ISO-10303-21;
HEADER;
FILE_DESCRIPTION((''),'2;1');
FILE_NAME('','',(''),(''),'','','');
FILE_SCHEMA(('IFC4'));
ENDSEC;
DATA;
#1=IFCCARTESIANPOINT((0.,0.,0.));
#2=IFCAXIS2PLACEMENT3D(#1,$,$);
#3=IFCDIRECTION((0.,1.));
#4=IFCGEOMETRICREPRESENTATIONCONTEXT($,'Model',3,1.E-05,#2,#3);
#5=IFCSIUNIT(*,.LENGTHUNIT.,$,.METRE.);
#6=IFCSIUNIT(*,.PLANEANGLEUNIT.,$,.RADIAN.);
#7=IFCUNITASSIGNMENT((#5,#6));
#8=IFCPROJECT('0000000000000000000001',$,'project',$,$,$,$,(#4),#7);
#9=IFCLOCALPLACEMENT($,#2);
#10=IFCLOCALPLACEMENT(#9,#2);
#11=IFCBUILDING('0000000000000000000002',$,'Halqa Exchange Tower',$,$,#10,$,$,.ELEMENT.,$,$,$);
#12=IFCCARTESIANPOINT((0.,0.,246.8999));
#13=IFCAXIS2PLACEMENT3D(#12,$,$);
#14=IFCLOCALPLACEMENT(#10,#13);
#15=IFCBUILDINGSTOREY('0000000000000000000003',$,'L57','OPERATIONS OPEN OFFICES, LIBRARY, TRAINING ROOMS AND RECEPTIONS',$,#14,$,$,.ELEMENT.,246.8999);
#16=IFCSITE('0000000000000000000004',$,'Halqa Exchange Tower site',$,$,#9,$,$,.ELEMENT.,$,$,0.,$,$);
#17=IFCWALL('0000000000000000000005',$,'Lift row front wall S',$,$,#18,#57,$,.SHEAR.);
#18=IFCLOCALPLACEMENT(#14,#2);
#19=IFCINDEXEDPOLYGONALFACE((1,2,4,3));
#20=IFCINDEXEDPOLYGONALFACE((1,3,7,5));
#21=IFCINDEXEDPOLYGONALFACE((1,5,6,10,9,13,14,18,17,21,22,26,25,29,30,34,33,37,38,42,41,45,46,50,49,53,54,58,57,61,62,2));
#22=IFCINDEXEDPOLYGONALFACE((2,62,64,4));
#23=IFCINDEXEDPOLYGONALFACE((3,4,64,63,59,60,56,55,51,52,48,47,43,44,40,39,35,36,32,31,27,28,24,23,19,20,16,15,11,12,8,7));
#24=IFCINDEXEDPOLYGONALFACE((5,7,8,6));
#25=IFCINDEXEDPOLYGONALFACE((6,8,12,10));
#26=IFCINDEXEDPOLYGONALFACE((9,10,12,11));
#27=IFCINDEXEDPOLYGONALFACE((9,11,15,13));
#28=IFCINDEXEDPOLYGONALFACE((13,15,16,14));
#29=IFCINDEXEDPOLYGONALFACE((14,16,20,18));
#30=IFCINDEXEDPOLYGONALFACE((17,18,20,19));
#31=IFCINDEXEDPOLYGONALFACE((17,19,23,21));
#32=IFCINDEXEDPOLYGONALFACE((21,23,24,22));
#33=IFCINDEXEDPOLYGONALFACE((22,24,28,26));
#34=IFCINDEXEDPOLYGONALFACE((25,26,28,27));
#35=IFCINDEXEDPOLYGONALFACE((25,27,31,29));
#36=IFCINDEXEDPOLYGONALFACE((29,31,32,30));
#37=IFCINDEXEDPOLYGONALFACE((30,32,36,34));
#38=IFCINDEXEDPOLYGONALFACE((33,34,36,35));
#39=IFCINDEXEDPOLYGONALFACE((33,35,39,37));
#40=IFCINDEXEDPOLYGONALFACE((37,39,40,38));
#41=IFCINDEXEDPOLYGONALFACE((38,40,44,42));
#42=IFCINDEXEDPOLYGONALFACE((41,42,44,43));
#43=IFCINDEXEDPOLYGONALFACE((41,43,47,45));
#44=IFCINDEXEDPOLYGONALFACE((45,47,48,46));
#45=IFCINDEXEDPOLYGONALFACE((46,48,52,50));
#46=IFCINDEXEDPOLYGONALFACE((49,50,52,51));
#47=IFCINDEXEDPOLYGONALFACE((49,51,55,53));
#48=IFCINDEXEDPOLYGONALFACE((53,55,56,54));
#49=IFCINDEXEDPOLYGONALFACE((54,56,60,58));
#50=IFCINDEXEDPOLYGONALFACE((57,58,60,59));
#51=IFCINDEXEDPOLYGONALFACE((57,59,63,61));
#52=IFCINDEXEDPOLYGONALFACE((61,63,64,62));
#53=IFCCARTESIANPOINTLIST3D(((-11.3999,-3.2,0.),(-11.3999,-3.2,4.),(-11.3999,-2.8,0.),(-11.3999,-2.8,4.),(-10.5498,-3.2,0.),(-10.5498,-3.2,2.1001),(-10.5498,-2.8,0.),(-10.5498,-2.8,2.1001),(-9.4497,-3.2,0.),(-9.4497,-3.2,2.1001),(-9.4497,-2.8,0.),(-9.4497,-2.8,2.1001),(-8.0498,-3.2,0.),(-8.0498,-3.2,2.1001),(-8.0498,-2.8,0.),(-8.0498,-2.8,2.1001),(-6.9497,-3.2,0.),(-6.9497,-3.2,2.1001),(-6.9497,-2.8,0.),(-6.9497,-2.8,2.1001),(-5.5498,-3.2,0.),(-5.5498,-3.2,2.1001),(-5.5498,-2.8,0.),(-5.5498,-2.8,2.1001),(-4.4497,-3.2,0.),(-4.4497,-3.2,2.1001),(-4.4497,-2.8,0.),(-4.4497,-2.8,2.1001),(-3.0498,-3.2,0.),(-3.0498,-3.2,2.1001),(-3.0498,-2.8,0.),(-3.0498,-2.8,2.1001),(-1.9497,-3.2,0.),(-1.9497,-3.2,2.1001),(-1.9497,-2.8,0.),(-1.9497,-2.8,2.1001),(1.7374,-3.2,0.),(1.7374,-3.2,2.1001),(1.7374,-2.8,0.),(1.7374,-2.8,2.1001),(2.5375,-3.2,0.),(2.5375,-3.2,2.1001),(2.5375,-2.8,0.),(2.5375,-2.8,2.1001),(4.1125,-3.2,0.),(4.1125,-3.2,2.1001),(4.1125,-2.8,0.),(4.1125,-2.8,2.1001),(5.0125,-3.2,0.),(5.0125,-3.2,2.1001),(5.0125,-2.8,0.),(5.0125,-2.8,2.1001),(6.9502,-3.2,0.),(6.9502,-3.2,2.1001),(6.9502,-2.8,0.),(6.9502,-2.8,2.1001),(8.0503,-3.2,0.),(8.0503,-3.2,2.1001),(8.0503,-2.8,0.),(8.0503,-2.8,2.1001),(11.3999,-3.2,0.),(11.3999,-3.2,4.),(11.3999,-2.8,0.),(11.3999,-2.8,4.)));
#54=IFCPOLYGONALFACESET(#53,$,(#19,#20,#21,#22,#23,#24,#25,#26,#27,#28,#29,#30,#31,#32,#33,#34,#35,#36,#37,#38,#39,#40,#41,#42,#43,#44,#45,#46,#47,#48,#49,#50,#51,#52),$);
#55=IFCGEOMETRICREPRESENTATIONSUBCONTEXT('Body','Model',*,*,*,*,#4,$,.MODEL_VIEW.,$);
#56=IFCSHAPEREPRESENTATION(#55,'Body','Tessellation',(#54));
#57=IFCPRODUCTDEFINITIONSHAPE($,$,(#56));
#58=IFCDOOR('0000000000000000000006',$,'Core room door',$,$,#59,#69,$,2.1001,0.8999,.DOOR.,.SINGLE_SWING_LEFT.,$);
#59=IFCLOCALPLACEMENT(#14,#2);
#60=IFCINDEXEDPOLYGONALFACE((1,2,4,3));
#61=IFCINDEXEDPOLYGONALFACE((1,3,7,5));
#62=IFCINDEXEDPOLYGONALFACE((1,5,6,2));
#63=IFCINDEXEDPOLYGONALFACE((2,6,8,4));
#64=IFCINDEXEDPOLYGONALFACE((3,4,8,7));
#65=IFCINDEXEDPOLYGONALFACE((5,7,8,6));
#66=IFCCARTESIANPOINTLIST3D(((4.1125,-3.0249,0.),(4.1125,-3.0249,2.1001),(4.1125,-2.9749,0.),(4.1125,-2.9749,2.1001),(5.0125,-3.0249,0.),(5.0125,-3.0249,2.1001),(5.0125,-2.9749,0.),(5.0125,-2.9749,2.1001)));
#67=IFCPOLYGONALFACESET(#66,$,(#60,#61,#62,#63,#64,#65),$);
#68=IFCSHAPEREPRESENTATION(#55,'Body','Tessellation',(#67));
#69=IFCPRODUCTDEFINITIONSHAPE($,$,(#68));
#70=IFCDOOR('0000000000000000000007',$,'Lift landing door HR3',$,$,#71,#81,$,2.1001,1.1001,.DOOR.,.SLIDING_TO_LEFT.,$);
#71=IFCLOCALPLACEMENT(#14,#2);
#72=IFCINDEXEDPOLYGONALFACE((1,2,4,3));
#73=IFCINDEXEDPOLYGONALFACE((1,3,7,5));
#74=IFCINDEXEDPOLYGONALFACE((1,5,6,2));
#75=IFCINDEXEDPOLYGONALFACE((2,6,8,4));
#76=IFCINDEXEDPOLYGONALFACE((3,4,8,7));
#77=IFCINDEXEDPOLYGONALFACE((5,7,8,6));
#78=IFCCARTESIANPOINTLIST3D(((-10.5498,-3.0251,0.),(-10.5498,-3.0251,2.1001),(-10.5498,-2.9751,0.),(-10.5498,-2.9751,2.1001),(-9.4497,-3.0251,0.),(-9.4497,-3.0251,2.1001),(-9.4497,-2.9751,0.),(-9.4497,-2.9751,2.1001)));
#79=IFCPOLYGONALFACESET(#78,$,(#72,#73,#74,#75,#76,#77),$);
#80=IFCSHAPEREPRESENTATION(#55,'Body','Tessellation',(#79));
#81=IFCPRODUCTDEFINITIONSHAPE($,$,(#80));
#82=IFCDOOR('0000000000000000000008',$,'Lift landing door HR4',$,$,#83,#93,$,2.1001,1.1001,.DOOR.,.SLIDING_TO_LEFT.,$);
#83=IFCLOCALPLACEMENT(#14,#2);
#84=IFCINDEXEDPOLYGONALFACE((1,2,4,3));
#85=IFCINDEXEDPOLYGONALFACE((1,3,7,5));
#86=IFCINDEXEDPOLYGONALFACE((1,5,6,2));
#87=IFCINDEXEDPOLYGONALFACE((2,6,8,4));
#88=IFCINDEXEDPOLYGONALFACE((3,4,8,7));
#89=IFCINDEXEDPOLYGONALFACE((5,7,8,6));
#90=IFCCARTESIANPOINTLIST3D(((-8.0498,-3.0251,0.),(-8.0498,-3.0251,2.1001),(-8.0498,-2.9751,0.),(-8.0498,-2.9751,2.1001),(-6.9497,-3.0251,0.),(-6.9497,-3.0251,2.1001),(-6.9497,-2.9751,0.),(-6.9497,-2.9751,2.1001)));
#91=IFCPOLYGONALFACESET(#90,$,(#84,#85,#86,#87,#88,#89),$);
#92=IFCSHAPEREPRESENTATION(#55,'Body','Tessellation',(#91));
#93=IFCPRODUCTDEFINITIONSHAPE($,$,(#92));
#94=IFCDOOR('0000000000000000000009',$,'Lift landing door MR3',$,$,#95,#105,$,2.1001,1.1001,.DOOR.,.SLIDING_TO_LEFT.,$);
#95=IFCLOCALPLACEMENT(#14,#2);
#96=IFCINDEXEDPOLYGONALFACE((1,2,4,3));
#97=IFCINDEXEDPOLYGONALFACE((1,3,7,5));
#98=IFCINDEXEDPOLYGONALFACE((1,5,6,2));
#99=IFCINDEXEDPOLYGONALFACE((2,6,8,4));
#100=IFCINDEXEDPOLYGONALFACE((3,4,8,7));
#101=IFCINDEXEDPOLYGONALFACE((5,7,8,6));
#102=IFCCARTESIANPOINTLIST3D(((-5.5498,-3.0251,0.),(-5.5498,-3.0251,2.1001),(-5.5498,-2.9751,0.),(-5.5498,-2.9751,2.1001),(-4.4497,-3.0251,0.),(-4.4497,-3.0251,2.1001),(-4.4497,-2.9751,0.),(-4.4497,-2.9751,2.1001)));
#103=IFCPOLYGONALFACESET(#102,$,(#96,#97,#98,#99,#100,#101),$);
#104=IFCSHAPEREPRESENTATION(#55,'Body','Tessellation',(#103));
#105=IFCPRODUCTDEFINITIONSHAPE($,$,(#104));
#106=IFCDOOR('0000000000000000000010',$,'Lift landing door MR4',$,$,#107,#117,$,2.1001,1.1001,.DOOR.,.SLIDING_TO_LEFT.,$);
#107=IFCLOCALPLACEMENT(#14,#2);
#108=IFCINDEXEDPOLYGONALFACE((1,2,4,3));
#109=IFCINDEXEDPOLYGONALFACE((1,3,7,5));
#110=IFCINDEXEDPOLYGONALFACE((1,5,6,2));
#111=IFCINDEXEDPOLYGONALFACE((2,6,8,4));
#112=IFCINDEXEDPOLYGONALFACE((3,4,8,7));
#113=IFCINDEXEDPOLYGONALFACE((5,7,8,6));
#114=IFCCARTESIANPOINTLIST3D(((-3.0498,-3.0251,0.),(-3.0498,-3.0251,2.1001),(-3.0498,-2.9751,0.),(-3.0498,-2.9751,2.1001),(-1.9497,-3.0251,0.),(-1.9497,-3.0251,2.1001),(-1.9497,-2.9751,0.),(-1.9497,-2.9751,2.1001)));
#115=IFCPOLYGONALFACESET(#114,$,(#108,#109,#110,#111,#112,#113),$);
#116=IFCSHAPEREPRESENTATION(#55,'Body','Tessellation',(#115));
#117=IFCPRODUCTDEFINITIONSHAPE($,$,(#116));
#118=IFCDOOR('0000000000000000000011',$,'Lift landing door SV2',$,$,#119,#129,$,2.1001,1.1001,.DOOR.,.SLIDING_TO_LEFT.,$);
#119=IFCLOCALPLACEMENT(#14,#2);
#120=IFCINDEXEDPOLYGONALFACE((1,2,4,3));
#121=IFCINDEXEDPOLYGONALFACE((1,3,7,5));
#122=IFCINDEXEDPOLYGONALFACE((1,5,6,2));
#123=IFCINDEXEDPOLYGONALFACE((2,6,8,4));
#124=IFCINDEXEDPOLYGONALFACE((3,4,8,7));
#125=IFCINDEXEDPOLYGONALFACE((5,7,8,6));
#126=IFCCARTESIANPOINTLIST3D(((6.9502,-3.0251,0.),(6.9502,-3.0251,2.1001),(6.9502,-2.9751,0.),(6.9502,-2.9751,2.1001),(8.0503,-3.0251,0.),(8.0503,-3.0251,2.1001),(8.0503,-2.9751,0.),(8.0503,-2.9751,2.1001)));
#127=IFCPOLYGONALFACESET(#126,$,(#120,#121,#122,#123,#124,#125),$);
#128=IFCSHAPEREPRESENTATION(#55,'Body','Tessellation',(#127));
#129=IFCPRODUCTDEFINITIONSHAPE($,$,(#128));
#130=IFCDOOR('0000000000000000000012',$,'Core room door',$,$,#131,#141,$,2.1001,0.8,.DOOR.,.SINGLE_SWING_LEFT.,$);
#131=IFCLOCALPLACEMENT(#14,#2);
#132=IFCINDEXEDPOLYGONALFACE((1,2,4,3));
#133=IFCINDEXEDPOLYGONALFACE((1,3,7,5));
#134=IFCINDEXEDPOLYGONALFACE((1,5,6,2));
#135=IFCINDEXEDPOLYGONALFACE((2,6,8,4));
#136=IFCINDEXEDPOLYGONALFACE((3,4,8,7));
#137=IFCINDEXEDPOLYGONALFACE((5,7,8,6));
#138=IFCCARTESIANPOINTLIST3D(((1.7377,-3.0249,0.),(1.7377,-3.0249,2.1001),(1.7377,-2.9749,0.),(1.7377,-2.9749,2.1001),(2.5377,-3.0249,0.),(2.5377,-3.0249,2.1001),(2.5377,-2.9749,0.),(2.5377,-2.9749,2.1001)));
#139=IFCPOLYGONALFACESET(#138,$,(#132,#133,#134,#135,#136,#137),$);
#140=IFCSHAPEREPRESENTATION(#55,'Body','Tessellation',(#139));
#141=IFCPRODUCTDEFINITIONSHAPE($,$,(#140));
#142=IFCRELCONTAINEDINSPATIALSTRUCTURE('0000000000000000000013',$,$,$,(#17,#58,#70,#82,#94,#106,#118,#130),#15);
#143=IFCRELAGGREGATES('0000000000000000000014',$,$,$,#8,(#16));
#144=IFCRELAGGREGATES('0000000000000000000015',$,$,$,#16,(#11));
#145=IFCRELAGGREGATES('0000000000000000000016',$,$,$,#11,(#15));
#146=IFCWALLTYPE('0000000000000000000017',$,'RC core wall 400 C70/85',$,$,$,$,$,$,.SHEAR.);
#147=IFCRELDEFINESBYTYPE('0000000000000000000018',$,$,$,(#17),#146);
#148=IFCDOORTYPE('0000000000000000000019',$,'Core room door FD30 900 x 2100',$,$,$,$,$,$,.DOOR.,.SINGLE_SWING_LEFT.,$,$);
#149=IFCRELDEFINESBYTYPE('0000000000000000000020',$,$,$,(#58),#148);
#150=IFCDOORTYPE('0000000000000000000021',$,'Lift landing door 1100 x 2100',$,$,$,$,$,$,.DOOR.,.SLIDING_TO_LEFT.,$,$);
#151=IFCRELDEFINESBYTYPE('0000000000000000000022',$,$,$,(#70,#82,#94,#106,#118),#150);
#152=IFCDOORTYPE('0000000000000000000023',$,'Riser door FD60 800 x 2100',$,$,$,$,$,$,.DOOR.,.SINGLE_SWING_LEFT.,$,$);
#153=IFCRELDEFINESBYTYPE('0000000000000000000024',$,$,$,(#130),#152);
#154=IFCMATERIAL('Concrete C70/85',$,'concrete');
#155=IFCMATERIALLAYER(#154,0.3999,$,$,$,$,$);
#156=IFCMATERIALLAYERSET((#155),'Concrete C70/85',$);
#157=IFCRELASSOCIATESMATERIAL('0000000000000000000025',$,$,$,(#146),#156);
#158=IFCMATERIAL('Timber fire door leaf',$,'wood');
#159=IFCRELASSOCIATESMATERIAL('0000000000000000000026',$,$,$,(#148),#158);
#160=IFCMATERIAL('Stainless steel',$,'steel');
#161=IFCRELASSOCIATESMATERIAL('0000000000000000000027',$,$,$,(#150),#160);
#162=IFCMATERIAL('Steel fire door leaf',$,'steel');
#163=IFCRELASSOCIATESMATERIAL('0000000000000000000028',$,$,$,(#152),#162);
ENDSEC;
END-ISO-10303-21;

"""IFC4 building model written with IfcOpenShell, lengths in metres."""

from ifc_helpers import new_model, si_unit, direction, frame, frame_2d, origin, place, context, subcontext, project, spatial, rectangle, extrude, material, layer, layer_set, type_object, element, fill, save


model = new_model("IFC4")

# Units and contexts
model_context = context("Model", 3, precision=1e-05, world=origin(), true_north=direction((0.0, 1.0)))
body_context = subcontext(model_context, "Body", "Model", "MODEL_VIEW")
ifc_project = project(units=[si_unit("LENGTHUNIT", "METRE"), si_unit("PLANEANGLEUNIT", "RADIAN")], contexts=[model_context])

# Site, building, storey
site_placement = place(None, origin())
site = spatial("IfcSite", under=ifc_project, at=site_placement, Name="Halqa Exchange Tower site", CompositionType="ELEMENT", RefElevation=0.0)
building_placement = place(site_placement, origin())
building = spatial("IfcBuilding", under=site, at=building_placement, Name="Halqa Exchange Tower", CompositionType="ELEMENT")
storey_placement = place(building_placement, frame((0.0, 0.0, 246.8999)))
storey = spatial("IfcBuildingStorey", under=building, at=storey_placement, Name="L57", Description="OPERATIONS OPEN OFFICES, LIBRARY, TRAINING ROOMS AND RECEPTIONS", CompositionType="ELEMENT", Elevation=246.8999)

# Wall, openings, doors
ifc_material_1 = material(Name="Concrete C70/85", Category="concrete")
ifc_layer_1 = layer(ifc_material_1, 0.3999)
ifc_layer_set_1 = layer_set([ifc_layer_1], Name="Concrete C70/85")
wall_type_1 = type_object("IfcWallType", Name="RC core wall 400 C70/85", PredefinedType="SHEAR", material=ifc_layer_set_1)
wall_1_placement = place(storey_placement, frame((-11.3999, -3.0, 0.0), z_axis=(0.0, 0.0, 1.0), x_axis=(1.0, 0.0, 0.0)))
wall_1 = element("IfcWall", 1, at=wall_1_placement, inside=storey, type_object=wall_type_1, Name="Lift row front wall S", PredefinedType="SHEAR", context=body_context, shape_type="SweptSolid", body=[
    extrude(rectangle(XDim=22.7998, YDim=0.3999, at=frame_2d((11.3999, 0.0))), origin(), (0.0, 0.0, 1.0), 4.0),
])
opening_1_placement = place(wall_1_placement, frame((0.8501, 0.0, 0.0)))
opening_1 = element("IfcOpeningElement", 2, at=opening_1_placement, cuts=wall_1, PredefinedType="OPENING", context=body_context, shape_type="SweptSolid", body=[
    extrude(rectangle(XDim=1.1001, YDim=2.1001, at=frame_2d((0.55, 1.05))), frame((0.0, 0.2119, 0.0), z_axis=(0.0, -1.0, 0.0), x_axis=(1.0, 0.0, 0.0)), (0.0, 0.0, 1.0), 0.4238),
])
opening_2_placement = place(wall_1_placement, frame((3.3501, 0.0, 0.0)))
opening_2 = element("IfcOpeningElement", 3, at=opening_2_placement, cuts=wall_1, PredefinedType="OPENING", context=body_context, shape_type="SweptSolid", body=[
    extrude(rectangle(XDim=1.1001, YDim=2.1001, at=frame_2d((0.55, 1.05))), frame((0.0, 0.2119, 0.0), z_axis=(0.0, -1.0, 0.0), x_axis=(1.0, 0.0, 0.0)), (0.0, 0.0, 1.0), 0.4238),
])
opening_3_placement = place(wall_1_placement, frame((5.8501, 0.0, 0.0)))
opening_3 = element("IfcOpeningElement", 4, at=opening_3_placement, cuts=wall_1, PredefinedType="OPENING", context=body_context, shape_type="SweptSolid", body=[
    extrude(rectangle(XDim=1.1001, YDim=2.1001, at=frame_2d((0.55, 1.05))), frame((0.0, 0.2119, 0.0), z_axis=(0.0, -1.0, 0.0), x_axis=(1.0, 0.0, 0.0)), (0.0, 0.0, 1.0), 0.4238),
])
opening_4_placement = place(wall_1_placement, frame((8.3501, 0.0, 0.0)))
opening_4 = element("IfcOpeningElement", 5, at=opening_4_placement, cuts=wall_1, PredefinedType="OPENING", context=body_context, shape_type="SweptSolid", body=[
    extrude(rectangle(XDim=1.1001, YDim=2.1001, at=frame_2d((0.55, 1.05))), frame((0.0, 0.2119, 0.0), z_axis=(0.0, -1.0, 0.0), x_axis=(1.0, 0.0, 0.0)), (0.0, 0.0, 1.0), 0.4238),
])
opening_5_placement = place(wall_1_placement, frame((18.3501, 0.0, 0.0)))
opening_5 = element("IfcOpeningElement", 6, at=opening_5_placement, cuts=wall_1, PredefinedType="OPENING", context=body_context, shape_type="SweptSolid", body=[
    extrude(rectangle(XDim=1.1001, YDim=2.1001, at=frame_2d((0.55, 1.05))), frame((0.0, 0.2119, 0.0), z_axis=(0.0, -1.0, 0.0), x_axis=(1.0, 0.0, 0.0)), (0.0, 0.0, 1.0), 0.4238),
])
opening_6_placement = place(wall_1_placement, frame((13.1375, 0.0, 0.0)))
opening_6 = element("IfcOpeningElement", 7, at=opening_6_placement, cuts=wall_1, PredefinedType="OPENING", context=body_context, shape_type="SweptSolid", body=[
    extrude(rectangle(XDim=0.8, YDim=2.1001, at=frame_2d((0.3999, 1.05))), frame((0.0, 0.2119, 0.0), z_axis=(0.0, -1.0, 0.0), x_axis=(1.0, 0.0, 0.0)), (0.0, 0.0, 1.0), 0.4238),
])
opening_7_placement = place(wall_1_placement, frame((15.5125, 0.0, 0.0)))
opening_7 = element("IfcOpeningElement", 8, at=opening_7_placement, cuts=wall_1, PredefinedType="OPENING", context=body_context, shape_type="SweptSolid", body=[
    extrude(rectangle(XDim=0.8999, YDim=2.1001, at=frame_2d((0.45, 1.05))), frame((0.0, 0.2119, 0.0), z_axis=(0.0, -1.0, 0.0), x_axis=(1.0, 0.0, 0.0)), (0.0, 0.0, 1.0), 0.4238),
])
ifc_material_2 = material(Name="Timber fire door leaf", Category="wood")
door_type_1 = type_object("IfcDoorType", Name="Core room door FD30 900 x 2100", OperationType="SINGLE_SWING_LEFT", PredefinedType="DOOR", material=ifc_material_2)
door_1_placement = place(opening_7_placement, frame((0.8999, 0.0, 0.0), z_axis=(0.0, 0.0, 1.0), x_axis=(-1.0, 0.0, 0.0)))
door_1 = element("IfcDoor", 9, at=door_1_placement, inside=storey, type_object=door_type_1, Name="Core room door", OperationType="SINGLE_SWING_LEFT", OverallHeight=2.1001, OverallWidth=0.8999, PredefinedType="DOOR", context=body_context, shape_type="SweptSolid", body=[
    extrude(rectangle(XDim=0.8999, YDim=2.1001, at=frame_2d((0.45, 1.05))), frame((0.0, 0.0249, 0.0), z_axis=(0.0, -1.0, 0.0), x_axis=(1.0, 0.0, 0.0)), (0.0, 0.0, 1.0), 0.05),
])
fill(opening_7, door_1)
ifc_material_3 = material(Name="Stainless steel", Category="steel")
door_type_2 = type_object("IfcDoorType", Name="Lift landing door 1100 x 2100", OperationType="SLIDING_TO_LEFT", PredefinedType="DOOR", material=ifc_material_3)
door_2_placement = place(opening_1_placement, origin())
door_2 = element("IfcDoor", 10, at=door_2_placement, inside=storey, type_object=door_type_2, Name="Lift landing door HR3", OperationType="SLIDING_TO_LEFT", OverallHeight=2.1001, OverallWidth=1.1001, PredefinedType="DOOR", context=body_context, shape_type="SweptSolid", body=[
    extrude(rectangle(XDim=1.1001, YDim=2.1001, at=frame_2d((0.55, 1.05))), frame((0.0, 0.0249, 0.0), z_axis=(0.0, -1.0, 0.0), x_axis=(1.0, 0.0, 0.0)), (0.0, 0.0, 1.0), 0.05),
])
fill(opening_1, door_2)
door_3_placement = place(opening_2_placement, origin())
door_3 = element("IfcDoor", 11, at=door_3_placement, inside=storey, type_object=door_type_2, Name="Lift landing door HR4", OperationType="SLIDING_TO_LEFT", OverallHeight=2.1001, OverallWidth=1.1001, PredefinedType="DOOR", context=body_context, shape_type="SweptSolid", body=[
    extrude(rectangle(XDim=1.1001, YDim=2.1001, at=frame_2d((0.55, 1.05))), frame((0.0, 0.0249, 0.0), z_axis=(0.0, -1.0, 0.0), x_axis=(1.0, 0.0, 0.0)), (0.0, 0.0, 1.0), 0.05),
])
fill(opening_2, door_3)
door_4_placement = place(opening_3_placement, origin())
door_4 = element("IfcDoor", 12, at=door_4_placement, inside=storey, type_object=door_type_2, Name="Lift landing door MR3", OperationType="SLIDING_TO_LEFT", OverallHeight=2.1001, OverallWidth=1.1001, PredefinedType="DOOR", context=body_context, shape_type="SweptSolid", body=[
    extrude(rectangle(XDim=1.1001, YDim=2.1001, at=frame_2d((0.55, 1.05))), frame((0.0, 0.0249, 0.0), z_axis=(0.0, -1.0, 0.0), x_axis=(1.0, 0.0, 0.0)), (0.0, 0.0, 1.0), 0.05),
])
fill(opening_3, door_4)
door_5_placement = place(opening_4_placement, origin())
door_5 = element("IfcDoor", 13, at=door_5_placement, inside=storey, type_object=door_type_2, Name="Lift landing door MR4", OperationType="SLIDING_TO_LEFT", OverallHeight=2.1001, OverallWidth=1.1001, PredefinedType="DOOR", context=body_context, shape_type="SweptSolid", body=[
    extrude(rectangle(XDim=1.1001, YDim=2.1001, at=frame_2d((0.55, 1.05))), frame((0.0, 0.0249, 0.0), z_axis=(0.0, -1.0, 0.0), x_axis=(1.0, 0.0, 0.0)), (0.0, 0.0, 1.0), 0.05),
])
fill(opening_4, door_5)
door_6_placement = place(opening_5_placement, origin())
door_6 = element("IfcDoor", 14, at=door_6_placement, inside=storey, type_object=door_type_2, Name="Lift landing door SV2", OperationType="SLIDING_TO_LEFT", OverallHeight=2.1001, OverallWidth=1.1001, PredefinedType="DOOR", context=body_context, shape_type="SweptSolid", body=[
    extrude(rectangle(XDim=1.1001, YDim=2.1001, at=frame_2d((0.55, 1.05))), frame((0.0, 0.0249, 0.0), z_axis=(0.0, -1.0, 0.0), x_axis=(1.0, 0.0, 0.0)), (0.0, 0.0, 1.0), 0.05),
])
fill(opening_5, door_6)
ifc_material_4 = material(Name="Steel fire door leaf", Category="steel")
door_type_3 = type_object("IfcDoorType", Name="Riser door FD60 800 x 2100", OperationType="SINGLE_SWING_LEFT", PredefinedType="DOOR", material=ifc_material_4)
door_7_placement = place(opening_6_placement, frame((0.8, 0.0, 0.0), z_axis=(0.0, 0.0, 1.0), x_axis=(-1.0, 0.0, 0.0)))
door_7 = element("IfcDoor", 15, at=door_7_placement, inside=storey, type_object=door_type_3, Name="Core room door", OperationType="SINGLE_SWING_LEFT", OverallHeight=2.1001, OverallWidth=0.8, PredefinedType="DOOR", context=body_context, shape_type="SweptSolid", body=[
    extrude(rectangle(XDim=0.8, YDim=2.1001, at=frame_2d((0.3999, 1.05))), frame((0.0, 0.0249, 0.0), z_axis=(0.0, -1.0, 0.0), x_axis=(1.0, 0.0, 0.0)), (0.0, 0.0, 1.0), 0.05),
])
fill(opening_6, door_7)

save(model, "model.ifc")
